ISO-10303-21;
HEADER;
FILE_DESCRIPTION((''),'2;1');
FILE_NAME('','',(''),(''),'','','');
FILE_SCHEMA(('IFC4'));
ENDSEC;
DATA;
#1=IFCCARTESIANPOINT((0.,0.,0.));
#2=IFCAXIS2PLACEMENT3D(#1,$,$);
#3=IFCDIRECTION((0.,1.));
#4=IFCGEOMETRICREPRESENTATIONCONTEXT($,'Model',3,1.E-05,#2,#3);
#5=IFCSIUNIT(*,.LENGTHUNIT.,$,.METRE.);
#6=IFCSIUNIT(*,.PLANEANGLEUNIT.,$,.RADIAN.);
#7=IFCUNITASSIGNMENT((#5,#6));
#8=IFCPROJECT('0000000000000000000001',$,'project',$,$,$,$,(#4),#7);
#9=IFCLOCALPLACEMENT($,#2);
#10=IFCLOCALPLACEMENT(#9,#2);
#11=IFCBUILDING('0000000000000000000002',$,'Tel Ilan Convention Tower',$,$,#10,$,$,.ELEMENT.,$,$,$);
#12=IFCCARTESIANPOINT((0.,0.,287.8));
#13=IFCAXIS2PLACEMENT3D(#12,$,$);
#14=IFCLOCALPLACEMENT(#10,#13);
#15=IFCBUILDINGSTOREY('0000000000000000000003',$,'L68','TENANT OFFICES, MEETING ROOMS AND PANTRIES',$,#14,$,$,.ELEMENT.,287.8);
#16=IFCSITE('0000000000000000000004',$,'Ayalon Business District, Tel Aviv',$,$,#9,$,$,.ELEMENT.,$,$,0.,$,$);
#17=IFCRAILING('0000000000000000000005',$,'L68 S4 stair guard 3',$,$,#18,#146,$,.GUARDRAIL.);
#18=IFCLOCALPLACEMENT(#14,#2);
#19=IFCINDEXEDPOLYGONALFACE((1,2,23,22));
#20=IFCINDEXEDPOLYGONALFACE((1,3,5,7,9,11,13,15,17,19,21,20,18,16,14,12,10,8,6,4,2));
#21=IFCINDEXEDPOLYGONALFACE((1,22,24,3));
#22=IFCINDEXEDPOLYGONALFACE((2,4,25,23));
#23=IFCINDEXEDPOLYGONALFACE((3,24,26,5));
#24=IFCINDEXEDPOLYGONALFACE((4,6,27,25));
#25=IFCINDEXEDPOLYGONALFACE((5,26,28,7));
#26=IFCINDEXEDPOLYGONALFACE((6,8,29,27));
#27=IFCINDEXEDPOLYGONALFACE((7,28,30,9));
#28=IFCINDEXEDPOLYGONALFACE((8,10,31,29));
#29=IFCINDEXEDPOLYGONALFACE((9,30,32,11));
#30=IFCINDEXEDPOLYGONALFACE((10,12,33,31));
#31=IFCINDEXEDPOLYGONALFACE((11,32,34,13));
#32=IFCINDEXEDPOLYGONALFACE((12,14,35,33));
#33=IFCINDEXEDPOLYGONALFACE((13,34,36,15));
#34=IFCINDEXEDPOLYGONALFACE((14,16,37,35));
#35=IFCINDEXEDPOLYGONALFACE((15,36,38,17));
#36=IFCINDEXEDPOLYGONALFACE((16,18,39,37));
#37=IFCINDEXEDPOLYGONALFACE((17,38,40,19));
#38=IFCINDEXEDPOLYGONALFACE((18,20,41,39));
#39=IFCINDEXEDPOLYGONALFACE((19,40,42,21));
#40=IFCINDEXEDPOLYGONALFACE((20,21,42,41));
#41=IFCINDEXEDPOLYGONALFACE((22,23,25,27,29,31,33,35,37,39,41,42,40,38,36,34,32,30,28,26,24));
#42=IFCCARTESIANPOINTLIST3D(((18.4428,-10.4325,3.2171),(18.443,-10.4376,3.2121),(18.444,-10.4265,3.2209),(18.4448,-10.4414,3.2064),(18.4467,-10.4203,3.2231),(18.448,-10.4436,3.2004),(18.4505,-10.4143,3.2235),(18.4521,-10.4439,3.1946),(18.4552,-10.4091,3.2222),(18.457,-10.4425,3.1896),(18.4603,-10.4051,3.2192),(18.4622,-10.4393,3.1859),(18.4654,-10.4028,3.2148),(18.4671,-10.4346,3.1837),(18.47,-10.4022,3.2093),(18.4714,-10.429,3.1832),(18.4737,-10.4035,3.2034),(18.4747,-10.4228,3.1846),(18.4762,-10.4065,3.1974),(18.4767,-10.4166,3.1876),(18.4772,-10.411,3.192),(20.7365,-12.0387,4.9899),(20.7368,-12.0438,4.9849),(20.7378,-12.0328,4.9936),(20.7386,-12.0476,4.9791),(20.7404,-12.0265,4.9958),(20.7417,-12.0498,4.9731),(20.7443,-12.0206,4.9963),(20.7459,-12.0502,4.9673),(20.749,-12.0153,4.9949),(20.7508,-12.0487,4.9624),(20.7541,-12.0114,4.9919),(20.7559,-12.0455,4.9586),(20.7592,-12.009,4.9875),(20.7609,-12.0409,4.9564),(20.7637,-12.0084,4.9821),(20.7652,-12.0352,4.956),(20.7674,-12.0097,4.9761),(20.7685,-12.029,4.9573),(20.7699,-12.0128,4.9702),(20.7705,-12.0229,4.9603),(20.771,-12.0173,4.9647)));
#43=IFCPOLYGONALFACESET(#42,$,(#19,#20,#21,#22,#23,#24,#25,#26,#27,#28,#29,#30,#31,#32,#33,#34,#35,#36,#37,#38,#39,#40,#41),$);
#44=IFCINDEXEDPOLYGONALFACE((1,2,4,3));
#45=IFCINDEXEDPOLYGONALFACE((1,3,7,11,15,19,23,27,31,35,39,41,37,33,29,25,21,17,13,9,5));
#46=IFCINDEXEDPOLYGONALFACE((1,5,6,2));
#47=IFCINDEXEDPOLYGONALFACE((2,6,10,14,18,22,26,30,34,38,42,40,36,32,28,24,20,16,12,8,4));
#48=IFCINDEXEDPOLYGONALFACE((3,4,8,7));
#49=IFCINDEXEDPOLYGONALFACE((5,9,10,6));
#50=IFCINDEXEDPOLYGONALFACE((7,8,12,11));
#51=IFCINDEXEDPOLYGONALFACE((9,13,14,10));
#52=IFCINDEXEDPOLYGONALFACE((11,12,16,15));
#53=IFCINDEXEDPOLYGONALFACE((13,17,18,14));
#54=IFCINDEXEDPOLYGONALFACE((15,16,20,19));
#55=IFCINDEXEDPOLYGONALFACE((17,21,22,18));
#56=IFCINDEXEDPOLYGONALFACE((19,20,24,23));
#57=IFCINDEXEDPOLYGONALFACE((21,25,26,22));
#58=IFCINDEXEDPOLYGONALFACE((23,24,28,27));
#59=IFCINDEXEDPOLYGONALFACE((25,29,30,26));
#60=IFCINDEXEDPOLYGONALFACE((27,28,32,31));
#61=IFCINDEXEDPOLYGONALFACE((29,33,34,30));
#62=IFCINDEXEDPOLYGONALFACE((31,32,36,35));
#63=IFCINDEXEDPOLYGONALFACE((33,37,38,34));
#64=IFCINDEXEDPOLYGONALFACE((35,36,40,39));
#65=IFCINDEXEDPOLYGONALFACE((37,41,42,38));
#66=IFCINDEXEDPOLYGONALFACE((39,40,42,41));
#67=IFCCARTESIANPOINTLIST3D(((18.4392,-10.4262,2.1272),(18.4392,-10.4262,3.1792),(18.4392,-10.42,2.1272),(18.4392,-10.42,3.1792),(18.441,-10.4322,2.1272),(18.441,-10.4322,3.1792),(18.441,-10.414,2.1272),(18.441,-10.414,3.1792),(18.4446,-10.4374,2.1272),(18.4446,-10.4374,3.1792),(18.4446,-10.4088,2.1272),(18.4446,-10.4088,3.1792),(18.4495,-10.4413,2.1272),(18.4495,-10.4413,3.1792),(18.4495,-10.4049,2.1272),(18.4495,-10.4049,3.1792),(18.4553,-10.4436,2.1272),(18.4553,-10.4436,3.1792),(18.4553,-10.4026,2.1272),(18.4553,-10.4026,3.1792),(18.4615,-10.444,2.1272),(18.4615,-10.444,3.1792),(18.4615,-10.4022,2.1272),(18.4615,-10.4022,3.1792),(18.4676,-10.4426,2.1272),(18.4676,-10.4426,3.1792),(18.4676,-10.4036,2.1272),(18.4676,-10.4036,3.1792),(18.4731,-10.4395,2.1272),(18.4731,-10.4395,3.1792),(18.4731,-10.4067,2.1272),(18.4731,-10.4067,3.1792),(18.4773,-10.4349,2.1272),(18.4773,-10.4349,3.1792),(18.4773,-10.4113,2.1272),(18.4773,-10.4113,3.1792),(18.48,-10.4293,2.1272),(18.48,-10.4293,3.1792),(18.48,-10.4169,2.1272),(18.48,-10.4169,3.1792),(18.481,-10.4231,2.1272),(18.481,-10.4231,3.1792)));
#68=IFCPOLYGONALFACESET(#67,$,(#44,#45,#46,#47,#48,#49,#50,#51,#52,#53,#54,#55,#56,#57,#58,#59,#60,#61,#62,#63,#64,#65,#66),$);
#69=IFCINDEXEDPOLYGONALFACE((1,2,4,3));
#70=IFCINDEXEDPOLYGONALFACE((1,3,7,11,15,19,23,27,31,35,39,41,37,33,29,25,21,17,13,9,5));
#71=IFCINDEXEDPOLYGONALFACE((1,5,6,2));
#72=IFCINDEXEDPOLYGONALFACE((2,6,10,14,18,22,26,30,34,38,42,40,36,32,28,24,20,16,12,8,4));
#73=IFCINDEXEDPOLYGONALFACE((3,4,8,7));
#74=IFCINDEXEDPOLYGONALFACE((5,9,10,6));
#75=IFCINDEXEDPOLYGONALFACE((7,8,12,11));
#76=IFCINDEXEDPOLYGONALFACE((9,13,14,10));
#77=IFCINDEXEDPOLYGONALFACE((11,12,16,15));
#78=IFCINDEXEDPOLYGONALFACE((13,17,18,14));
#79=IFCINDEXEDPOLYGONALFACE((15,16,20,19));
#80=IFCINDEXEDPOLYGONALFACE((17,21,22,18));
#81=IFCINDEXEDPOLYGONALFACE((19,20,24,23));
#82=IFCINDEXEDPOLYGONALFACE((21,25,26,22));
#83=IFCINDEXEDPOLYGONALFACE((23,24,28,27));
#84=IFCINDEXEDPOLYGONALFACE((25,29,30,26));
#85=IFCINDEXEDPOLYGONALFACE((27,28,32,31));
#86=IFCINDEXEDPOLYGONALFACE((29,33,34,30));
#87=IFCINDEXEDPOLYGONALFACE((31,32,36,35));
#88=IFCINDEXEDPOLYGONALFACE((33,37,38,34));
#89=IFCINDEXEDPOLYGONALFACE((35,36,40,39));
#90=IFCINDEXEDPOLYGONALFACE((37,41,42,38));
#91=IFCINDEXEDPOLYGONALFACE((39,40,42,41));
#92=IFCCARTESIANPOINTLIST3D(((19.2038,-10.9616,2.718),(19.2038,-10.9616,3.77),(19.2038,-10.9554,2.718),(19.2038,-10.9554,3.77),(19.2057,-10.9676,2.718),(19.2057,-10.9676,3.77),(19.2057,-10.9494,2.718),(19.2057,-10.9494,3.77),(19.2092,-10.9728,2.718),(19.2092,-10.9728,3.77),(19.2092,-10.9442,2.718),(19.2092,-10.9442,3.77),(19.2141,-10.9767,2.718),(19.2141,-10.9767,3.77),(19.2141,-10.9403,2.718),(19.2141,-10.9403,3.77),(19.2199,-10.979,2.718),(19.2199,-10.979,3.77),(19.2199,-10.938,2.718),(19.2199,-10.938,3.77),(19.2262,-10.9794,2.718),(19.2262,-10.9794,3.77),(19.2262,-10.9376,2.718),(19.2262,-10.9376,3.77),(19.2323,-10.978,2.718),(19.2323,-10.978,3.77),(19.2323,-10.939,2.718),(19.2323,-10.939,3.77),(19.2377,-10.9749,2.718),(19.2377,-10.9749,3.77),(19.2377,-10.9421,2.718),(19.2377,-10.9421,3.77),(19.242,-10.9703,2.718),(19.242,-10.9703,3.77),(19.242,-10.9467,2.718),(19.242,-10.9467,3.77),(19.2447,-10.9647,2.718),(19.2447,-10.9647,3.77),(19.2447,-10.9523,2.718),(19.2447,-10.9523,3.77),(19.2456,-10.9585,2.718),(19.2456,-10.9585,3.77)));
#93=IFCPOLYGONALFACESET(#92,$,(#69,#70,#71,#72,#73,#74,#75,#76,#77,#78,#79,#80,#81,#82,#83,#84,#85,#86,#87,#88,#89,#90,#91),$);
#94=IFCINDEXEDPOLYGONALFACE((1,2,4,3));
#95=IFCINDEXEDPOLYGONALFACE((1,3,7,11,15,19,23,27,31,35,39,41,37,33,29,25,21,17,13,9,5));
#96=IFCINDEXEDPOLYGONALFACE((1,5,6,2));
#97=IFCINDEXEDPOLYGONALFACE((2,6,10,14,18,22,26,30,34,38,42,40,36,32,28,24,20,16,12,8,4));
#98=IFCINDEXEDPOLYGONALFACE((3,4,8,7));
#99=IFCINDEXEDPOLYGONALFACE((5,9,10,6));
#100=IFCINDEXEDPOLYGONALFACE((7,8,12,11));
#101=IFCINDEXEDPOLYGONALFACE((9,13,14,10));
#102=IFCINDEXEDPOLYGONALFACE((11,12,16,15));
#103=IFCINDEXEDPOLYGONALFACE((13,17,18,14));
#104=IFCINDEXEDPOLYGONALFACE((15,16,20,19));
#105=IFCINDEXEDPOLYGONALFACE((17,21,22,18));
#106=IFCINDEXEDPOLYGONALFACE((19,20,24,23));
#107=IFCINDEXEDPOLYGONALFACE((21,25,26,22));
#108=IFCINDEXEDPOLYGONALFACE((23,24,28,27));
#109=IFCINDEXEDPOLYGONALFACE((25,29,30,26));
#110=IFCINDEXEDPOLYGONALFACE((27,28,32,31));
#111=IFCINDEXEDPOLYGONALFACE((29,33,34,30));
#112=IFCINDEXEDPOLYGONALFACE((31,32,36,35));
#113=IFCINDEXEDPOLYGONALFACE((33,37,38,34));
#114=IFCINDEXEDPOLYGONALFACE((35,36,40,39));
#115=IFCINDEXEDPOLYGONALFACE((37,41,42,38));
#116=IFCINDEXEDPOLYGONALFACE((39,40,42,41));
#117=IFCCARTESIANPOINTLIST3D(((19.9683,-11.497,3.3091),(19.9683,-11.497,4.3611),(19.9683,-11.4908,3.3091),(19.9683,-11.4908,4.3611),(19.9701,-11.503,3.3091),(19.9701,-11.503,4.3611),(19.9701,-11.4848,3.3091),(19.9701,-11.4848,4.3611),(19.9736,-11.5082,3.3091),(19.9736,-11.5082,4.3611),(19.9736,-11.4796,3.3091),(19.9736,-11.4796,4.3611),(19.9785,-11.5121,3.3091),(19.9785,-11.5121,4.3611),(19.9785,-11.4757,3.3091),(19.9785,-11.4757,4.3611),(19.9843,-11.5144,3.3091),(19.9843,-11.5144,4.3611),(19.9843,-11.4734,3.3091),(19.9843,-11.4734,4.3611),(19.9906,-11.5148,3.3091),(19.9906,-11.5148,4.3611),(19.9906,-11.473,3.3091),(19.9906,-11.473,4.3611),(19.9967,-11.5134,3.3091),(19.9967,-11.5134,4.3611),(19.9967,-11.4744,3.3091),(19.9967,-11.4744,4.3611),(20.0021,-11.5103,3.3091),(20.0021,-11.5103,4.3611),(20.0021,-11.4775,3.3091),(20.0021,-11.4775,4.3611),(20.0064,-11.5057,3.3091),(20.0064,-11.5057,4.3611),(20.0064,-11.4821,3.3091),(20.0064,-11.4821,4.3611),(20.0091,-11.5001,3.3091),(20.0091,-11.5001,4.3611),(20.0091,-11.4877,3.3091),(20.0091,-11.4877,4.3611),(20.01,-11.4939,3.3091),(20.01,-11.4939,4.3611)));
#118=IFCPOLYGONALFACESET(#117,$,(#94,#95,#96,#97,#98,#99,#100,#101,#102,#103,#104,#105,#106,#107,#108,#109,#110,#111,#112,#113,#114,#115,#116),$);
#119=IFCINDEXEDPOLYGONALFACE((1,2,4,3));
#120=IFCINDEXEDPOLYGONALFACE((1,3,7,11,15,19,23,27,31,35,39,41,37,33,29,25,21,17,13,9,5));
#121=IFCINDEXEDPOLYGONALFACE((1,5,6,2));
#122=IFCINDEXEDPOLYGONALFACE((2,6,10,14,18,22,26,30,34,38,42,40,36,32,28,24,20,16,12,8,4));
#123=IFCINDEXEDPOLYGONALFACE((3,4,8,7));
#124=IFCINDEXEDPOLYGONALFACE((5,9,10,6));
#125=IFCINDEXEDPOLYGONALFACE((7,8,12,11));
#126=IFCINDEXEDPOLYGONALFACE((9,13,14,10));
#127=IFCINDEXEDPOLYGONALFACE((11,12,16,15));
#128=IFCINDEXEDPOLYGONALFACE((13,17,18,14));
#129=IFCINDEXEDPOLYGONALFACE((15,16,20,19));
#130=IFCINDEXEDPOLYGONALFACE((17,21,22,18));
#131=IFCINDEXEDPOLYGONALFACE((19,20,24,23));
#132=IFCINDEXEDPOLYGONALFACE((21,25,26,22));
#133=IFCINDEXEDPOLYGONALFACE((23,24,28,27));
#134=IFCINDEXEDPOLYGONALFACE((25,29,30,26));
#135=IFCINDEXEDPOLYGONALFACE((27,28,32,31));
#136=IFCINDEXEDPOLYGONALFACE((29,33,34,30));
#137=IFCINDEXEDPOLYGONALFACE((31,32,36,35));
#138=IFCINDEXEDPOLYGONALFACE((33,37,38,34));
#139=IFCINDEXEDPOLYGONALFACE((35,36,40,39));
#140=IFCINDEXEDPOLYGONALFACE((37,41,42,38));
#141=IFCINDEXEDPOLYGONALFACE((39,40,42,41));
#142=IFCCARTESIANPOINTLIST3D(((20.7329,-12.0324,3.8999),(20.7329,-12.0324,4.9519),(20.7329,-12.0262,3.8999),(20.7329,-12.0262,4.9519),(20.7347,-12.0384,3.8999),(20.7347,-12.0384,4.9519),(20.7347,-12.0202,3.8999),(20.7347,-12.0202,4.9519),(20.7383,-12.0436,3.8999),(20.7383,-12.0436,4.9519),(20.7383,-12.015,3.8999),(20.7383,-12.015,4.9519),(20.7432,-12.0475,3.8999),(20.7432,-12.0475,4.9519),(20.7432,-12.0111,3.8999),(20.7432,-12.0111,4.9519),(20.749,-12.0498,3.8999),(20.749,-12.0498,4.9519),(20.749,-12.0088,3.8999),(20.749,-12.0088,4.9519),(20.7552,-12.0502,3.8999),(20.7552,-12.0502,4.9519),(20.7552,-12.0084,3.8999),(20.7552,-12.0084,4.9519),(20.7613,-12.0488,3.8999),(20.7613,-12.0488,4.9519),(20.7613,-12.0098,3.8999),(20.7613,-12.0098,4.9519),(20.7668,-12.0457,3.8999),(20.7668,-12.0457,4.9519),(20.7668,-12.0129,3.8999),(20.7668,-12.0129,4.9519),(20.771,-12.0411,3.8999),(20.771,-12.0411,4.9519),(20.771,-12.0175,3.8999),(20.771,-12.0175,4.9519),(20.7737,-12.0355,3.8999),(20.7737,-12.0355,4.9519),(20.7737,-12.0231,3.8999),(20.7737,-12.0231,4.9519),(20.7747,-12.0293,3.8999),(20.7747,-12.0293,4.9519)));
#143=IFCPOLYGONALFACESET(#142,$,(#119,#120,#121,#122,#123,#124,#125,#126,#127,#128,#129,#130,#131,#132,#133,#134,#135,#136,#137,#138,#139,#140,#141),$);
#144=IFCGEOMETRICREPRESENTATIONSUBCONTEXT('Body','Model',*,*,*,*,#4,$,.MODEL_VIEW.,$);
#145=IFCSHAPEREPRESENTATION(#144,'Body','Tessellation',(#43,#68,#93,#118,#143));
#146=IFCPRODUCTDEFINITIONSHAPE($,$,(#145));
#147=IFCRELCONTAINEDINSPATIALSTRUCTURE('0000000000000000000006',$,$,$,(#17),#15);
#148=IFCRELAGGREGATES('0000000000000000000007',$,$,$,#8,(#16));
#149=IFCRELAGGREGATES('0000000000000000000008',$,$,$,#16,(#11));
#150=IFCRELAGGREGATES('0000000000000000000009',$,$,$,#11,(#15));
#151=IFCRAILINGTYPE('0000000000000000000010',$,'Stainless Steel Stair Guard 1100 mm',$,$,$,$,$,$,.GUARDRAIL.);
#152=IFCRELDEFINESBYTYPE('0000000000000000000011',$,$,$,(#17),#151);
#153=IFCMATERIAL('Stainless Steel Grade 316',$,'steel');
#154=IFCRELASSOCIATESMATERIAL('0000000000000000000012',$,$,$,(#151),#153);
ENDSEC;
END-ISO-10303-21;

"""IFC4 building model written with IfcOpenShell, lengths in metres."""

from ifc_helpers import new_model, si_unit, direction, frame, origin, origin_2d, place, context, subcontext, project, spatial, circle, extrude, material, type_object, element, save


model = new_model("IFC4")

# Units and contexts
model_context = context("Model", 3, precision=1e-05, world=origin(), true_north=direction((0.0, 1.0)))
body_context = subcontext(model_context, "Body", "Model", "MODEL_VIEW")
ifc_project = project(units=[si_unit("LENGTHUNIT", "METRE"), si_unit("PLANEANGLEUNIT", "RADIAN")], contexts=[model_context])

# Site, building, storey
site_placement = place(None, origin())
site = spatial("IfcSite", under=ifc_project, at=site_placement, Name="Ayalon Business District, Tel Aviv", CompositionType="ELEMENT", RefElevation=0.0)
building_placement = place(site_placement, origin())
building = spatial("IfcBuilding", under=site, at=building_placement, Name="Tel Ilan Convention Tower", CompositionType="ELEMENT")
storey_placement = place(building_placement, frame((0.0, 0.0, 287.8)))
storey = spatial("IfcBuildingStorey", under=building, at=storey_placement, Name="L68", Description="TENANT OFFICES, MEETING ROOMS AND PANTRIES", CompositionType="ELEMENT", Elevation=287.8)

# Railing
ifc_material_1 = material(Name="Stainless Steel Grade 316", Category="steel")
railing_type_1 = type_object("IfcRailingType", Name="Stainless Steel Stair Guard 1100 mm", PredefinedType="GUARDRAIL", material=ifc_material_1)
railing_1_placement = place(storey_placement, frame((18.46, -10.4231, 2.1272)))
element("IfcRailing", 1, at=railing_1_placement, inside=storey, type_object=railing_type_1, Name="L68 S4 stair guard 3", PredefinedType="GUARDRAIL", context=body_context, shape_type="SweptSolid", body=[
    extrude(circle(Radius=0.0239, at=origin_2d()), frame((0.0, 0.0, 1.0762), z_axis=(0.692098, -0.484653, 0.534894), x_axis=(0.573609, 0.81913, 0.0)), (0.0, 0.0, 1.0), 3.3142),
    extrude(circle(Radius=0.021, at=origin_2d()), origin(), (0.0, 0.0, 1.0), 1.052),
    extrude(circle(Radius=0.021, at=origin_2d()), frame((0.7646, -0.5354, 0.5908)), (0.0, 0.0, 1.0), 1.052),
    extrude(circle(Radius=0.021, at=origin_2d()), frame((1.5291, -1.0708, 1.1819)), (0.0, 0.0, 1.0), 1.052),
    extrude(circle(Radius=0.021, at=origin_2d()), frame((2.2937, -1.6062, 1.7727)), (0.0, 0.0, 1.0), 1.052),
])

save(model, "model.ifc")
